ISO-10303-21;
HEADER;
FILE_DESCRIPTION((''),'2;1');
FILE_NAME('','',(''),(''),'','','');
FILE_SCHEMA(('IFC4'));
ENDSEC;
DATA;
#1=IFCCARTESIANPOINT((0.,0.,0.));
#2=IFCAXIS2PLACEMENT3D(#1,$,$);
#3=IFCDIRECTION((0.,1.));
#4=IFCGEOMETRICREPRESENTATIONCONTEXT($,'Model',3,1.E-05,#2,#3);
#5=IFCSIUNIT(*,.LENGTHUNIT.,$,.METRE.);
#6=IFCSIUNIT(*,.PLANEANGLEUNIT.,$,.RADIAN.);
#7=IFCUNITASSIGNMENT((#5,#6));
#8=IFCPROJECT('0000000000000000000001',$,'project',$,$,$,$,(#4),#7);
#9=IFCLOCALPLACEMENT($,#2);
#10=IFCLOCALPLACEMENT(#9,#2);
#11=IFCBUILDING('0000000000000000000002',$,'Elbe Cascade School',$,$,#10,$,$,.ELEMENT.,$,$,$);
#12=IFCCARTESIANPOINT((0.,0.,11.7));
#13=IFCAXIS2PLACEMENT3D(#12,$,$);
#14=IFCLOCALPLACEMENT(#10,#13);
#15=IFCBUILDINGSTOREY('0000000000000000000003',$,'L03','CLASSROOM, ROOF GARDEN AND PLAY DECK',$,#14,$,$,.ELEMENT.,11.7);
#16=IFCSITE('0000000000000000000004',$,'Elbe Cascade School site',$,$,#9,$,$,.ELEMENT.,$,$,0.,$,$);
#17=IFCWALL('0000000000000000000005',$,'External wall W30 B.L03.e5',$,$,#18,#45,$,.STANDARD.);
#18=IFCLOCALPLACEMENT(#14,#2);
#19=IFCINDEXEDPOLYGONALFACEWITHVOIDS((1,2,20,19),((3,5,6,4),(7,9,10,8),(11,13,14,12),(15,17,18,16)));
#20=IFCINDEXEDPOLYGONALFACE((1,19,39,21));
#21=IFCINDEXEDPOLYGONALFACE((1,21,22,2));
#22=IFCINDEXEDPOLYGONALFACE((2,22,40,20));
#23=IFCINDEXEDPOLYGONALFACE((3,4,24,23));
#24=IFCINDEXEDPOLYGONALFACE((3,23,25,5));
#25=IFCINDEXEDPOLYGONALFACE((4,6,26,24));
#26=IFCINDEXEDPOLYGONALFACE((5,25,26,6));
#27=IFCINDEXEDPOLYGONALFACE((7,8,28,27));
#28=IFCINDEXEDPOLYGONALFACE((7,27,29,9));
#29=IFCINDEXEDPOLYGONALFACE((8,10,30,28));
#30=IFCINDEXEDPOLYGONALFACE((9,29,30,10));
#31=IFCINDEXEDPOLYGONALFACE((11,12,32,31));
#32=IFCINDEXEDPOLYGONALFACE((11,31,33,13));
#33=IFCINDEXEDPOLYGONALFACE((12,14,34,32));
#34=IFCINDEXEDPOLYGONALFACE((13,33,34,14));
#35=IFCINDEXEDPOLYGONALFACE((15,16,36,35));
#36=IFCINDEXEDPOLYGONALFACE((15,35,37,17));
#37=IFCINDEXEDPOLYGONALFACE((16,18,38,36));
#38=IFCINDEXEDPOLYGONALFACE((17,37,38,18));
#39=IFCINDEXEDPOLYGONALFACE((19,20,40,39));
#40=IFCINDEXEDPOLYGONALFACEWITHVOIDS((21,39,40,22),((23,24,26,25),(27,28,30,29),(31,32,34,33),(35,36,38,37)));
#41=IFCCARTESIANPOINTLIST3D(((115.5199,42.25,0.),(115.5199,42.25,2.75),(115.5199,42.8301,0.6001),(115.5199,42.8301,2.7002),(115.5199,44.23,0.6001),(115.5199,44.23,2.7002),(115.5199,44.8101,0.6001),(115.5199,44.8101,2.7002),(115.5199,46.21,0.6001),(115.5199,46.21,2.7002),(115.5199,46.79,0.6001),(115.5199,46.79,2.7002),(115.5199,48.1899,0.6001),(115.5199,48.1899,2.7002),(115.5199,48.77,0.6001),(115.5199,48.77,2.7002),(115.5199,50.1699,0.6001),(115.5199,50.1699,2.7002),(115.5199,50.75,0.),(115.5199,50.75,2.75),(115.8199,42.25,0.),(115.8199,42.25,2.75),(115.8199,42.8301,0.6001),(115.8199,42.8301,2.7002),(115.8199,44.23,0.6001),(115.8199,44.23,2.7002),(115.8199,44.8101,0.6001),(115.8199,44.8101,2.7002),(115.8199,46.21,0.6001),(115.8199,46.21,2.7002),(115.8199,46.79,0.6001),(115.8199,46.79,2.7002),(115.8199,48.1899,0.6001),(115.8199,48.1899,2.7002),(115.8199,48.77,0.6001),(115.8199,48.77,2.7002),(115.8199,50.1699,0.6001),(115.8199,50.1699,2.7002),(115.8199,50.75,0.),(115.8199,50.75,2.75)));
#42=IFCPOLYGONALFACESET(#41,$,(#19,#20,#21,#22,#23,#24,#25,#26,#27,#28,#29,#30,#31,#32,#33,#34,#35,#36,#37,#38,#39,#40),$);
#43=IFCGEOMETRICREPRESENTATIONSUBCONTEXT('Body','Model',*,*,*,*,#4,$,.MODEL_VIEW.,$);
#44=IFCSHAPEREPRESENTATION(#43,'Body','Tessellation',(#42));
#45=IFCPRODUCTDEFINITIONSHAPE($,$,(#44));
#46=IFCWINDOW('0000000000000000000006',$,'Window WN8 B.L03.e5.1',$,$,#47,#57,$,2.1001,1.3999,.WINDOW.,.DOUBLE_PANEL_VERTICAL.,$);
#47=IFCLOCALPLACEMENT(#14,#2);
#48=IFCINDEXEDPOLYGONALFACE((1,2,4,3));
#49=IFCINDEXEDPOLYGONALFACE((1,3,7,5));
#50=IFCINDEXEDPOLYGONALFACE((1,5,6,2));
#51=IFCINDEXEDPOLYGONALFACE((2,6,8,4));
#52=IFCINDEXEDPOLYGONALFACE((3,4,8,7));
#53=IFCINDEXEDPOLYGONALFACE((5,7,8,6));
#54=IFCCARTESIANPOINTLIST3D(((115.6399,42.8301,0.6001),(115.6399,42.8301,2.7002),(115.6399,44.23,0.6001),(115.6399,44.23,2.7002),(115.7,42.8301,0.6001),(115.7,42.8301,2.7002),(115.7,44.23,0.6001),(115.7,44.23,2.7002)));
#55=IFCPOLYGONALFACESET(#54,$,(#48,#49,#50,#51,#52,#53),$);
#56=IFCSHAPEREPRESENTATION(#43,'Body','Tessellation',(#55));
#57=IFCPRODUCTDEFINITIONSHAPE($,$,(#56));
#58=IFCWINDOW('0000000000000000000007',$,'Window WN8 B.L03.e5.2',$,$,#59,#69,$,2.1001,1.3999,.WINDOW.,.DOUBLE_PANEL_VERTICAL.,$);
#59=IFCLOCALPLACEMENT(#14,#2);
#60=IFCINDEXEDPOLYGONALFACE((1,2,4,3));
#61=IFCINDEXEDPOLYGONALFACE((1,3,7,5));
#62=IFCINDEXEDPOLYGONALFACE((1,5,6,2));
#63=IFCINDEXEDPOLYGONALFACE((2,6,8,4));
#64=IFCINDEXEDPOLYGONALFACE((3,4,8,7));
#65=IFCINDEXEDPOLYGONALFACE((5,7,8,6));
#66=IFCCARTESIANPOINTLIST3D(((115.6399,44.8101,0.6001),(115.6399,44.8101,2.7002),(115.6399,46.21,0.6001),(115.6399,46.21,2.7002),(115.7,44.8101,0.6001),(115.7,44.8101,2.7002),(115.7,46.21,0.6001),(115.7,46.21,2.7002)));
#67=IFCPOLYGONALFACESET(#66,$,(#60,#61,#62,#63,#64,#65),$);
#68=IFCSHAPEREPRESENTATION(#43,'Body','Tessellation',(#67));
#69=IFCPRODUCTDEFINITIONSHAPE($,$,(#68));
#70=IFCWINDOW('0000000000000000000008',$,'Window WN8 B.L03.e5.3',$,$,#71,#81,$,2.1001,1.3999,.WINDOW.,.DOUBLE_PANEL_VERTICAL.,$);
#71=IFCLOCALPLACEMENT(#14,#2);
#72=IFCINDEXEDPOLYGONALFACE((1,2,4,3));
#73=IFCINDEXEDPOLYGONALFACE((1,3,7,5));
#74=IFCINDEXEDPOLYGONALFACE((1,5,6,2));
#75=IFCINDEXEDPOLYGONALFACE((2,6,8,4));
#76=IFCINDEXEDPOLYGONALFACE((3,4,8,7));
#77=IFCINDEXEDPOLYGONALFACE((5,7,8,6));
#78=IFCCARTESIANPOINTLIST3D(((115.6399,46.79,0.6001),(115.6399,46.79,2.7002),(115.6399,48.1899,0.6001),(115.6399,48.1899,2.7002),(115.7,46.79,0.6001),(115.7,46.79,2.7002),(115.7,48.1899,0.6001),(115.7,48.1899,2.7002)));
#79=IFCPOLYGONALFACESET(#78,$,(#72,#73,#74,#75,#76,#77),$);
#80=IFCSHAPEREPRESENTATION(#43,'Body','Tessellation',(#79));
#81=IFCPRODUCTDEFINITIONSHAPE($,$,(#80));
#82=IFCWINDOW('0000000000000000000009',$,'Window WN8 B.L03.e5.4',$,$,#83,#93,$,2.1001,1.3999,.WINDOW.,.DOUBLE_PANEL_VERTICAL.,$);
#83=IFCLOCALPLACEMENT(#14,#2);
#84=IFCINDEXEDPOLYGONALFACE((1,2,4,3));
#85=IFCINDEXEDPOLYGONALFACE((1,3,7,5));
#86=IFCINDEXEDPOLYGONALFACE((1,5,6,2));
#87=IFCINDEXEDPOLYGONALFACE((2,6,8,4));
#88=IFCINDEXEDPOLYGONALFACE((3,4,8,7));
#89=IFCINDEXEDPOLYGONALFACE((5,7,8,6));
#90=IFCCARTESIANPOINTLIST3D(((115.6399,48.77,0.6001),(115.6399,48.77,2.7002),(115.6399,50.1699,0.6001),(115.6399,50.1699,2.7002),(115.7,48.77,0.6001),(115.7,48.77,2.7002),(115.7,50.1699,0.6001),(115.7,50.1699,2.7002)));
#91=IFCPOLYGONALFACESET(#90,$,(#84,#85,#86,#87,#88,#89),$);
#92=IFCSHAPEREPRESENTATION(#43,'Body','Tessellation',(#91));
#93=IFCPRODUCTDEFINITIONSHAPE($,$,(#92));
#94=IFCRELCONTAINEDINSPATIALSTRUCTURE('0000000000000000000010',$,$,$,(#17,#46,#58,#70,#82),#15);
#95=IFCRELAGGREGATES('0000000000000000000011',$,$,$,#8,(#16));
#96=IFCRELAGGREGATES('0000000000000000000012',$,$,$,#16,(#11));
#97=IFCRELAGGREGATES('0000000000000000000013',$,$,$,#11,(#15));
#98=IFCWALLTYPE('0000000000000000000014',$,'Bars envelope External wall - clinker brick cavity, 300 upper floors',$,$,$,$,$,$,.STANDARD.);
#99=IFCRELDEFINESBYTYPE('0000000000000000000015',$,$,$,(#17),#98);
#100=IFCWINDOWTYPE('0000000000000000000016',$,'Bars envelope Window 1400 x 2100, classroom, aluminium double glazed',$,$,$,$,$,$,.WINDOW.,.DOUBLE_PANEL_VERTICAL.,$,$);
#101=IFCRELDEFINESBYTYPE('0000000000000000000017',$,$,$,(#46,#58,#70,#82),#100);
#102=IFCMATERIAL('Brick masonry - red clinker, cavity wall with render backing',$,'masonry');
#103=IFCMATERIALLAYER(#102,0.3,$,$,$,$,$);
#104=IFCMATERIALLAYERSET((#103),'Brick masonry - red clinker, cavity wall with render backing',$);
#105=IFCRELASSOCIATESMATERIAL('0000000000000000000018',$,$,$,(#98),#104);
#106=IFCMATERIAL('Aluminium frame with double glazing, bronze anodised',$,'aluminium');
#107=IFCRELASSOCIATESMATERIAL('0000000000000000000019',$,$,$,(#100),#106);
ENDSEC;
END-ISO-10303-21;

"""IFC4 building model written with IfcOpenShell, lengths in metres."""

from ifc_helpers import new_model, si_unit, direction, frame, frame_2d, origin, place, context, subcontext, project, spatial, rectangle, extrude, material, layer, layer_set, type_object, element, fill, save


model = new_model("IFC4")

# Units and contexts
model_context = context("Model", 3, precision=1e-05, world=origin(), true_north=direction((0.0, 1.0)))
body_context = subcontext(model_context, "Body", "Model", "MODEL_VIEW")
ifc_project = project(units=[si_unit("LENGTHUNIT", "METRE"), si_unit("PLANEANGLEUNIT", "RADIAN")], contexts=[model_context])

# Site, building, storey
site_placement = place(None, origin())
site = spatial("IfcSite", under=ifc_project, at=site_placement, Name="Elbe Cascade School site", CompositionType="ELEMENT", RefElevation=0.0)
building_placement = place(site_placement, origin())
building = spatial("IfcBuilding", under=site, at=building_placement, Name="Elbe Cascade School", CompositionType="ELEMENT")
storey_placement = place(building_placement, frame((0.0, 0.0, 11.7)))
storey = spatial("IfcBuildingStorey", under=building, at=storey_placement, Name="L03", Description="CLASSROOM, ROOF GARDEN AND PLAY DECK", CompositionType="ELEMENT", Elevation=11.7)

# Wall, openings, windows
ifc_material_1 = material(Name="Brick masonry - red clinker, cavity wall with render backing", Category="masonry")
ifc_layer_1 = layer(ifc_material_1, 0.3)
ifc_layer_set_1 = layer_set([ifc_layer_1], Name="Brick masonry - red clinker, cavity wall with render backing")
wall_type_1 = type_object("IfcWallType", Name="Bars envelope External wall - clinker brick cavity, 300 upper floors", PredefinedType="STANDARD", material=ifc_layer_set_1)
ifc_material_2 = material(Name="Aluminium frame with double glazing, bronze anodised", Category="aluminium")
window_type = type_object("IfcWindowType", Name="Bars envelope Window 1400 x 2100, classroom, aluminium double glazed", PartitioningType="DOUBLE_PANEL_VERTICAL", PredefinedType="WINDOW", material=ifc_material_2)
wall_1_placement = place(storey_placement, frame((115.6699, 50.75, 0.0), z_axis=(0.0, 0.0, 1.0), x_axis=(0.0, -1.0, 0.0)))
wall_1 = element("IfcWall", 1, at=wall_1_placement, inside=storey, type_object=wall_type_1, Name="External wall W30 B.L03.e5", PredefinedType="STANDARD", context=body_context, shape_type="SweptSolid", body=[
    extrude(rectangle(XDim=8.5, YDim=0.3, at=frame_2d((4.25, 0.0))), origin(), (0.0, 0.0, 1.0), 2.75),
])
opening_1_placement = place(wall_1_placement, frame((6.52, 0.0, 0.6001)))
opening_1 = element("IfcOpeningElement", 2, at=opening_1_placement, cuts=wall_1, PredefinedType="OPENING", context=body_context, shape_type="SweptSolid", body=[
    extrude(rectangle(XDim=1.3999, YDim=2.1001, at=frame_2d((0.7, 1.05))), frame((0.0, 0.1599, 0.0), z_axis=(0.0, -1.0, 0.0), x_axis=(1.0, 0.0, 0.0)), (0.0, 0.0, 1.0), 0.3201),
])
opening_2_placement = place(wall_1_placement, frame((4.54, 0.0, 0.6001)))
opening_2 = element("IfcOpeningElement", 3, at=opening_2_placement, cuts=wall_1, PredefinedType="OPENING", context=body_context, shape_type="SweptSolid", body=[
    extrude(rectangle(XDim=1.3999, YDim=2.1001, at=frame_2d((0.7, 1.05))), frame((0.0, 0.1599, 0.0), z_axis=(0.0, -1.0, 0.0), x_axis=(1.0, 0.0, 0.0)), (0.0, 0.0, 1.0), 0.3201),
])
opening_3_placement = place(wall_1_placement, frame((2.5601, 0.0, 0.6001)))
opening_3 = element("IfcOpeningElement", 4, at=opening_3_placement, cuts=wall_1, PredefinedType="OPENING", context=body_context, shape_type="SweptSolid", body=[
    extrude(rectangle(XDim=1.3999, YDim=2.1001, at=frame_2d((0.7, 1.05))), frame((0.0, 0.1599, 0.0), z_axis=(0.0, -1.0, 0.0), x_axis=(1.0, 0.0, 0.0)), (0.0, 0.0, 1.0), 0.3201),
])
opening_4_placement = place(wall_1_placement, frame((0.5801, 0.0, 0.6001)))
opening_4 = element("IfcOpeningElement", 5, at=opening_4_placement, cuts=wall_1, PredefinedType="OPENING", context=body_context, shape_type="SweptSolid", body=[
    extrude(rectangle(XDim=1.3999, YDim=2.1001, at=frame_2d((0.7, 1.05))), frame((0.0, 0.1599, 0.0), z_axis=(0.0, -1.0, 0.0), x_axis=(1.0, 0.0, 0.0)), (0.0, 0.0, 1.0), 0.3201),
])
window_1_placement = place(opening_1_placement, origin())
window_1 = element("IfcWindow", 6, at=window_1_placement, inside=storey, type_object=window_type, Name="Window WN8 B.L03.e5.1", OverallHeight=2.1001, OverallWidth=1.3999, PartitioningType="DOUBLE_PANEL_VERTICAL", PredefinedType="WINDOW", context=body_context, shape_type="SweptSolid", body=[
    extrude(rectangle(XDim=1.3999, YDim=2.1001, at=frame_2d((0.7, 1.05))), frame((0.0, 0.03, 0.0), z_axis=(0.0, -1.0, 0.0), x_axis=(1.0, 0.0, 0.0)), (0.0, 0.0, 1.0), 0.0601),
])
fill(opening_1, window_1)
window_2_placement = place(opening_2_placement, origin())
window_2 = element("IfcWindow", 7, at=window_2_placement, inside=storey, type_object=window_type, Name="Window WN8 B.L03.e5.2", OverallHeight=2.1001, OverallWidth=1.3999, PartitioningType="DOUBLE_PANEL_VERTICAL", PredefinedType="WINDOW", context=body_context, shape_type="SweptSolid", body=[
    extrude(rectangle(XDim=1.3999, YDim=2.1001, at=frame_2d((0.7, 1.05))), frame((0.0, 0.03, 0.0), z_axis=(0.0, -1.0, 0.0), x_axis=(1.0, 0.0, 0.0)), (0.0, 0.0, 1.0), 0.0601),
])
fill(opening_2, window_2)
window_3_placement = place(opening_3_placement, origin())
window_3 = element("IfcWindow", 8, at=window_3_placement, inside=storey, type_object=window_type, Name="Window WN8 B.L03.e5.3", OverallHeight=2.1001, OverallWidth=1.3999, PartitioningType="DOUBLE_PANEL_VERTICAL", PredefinedType="WINDOW", context=body_context, shape_type="SweptSolid", body=[
    extrude(rectangle(XDim=1.3999, YDim=2.1001, at=frame_2d((0.7, 1.05))), frame((0.0, 0.03, 0.0), z_axis=(0.0, -1.0, 0.0), x_axis=(1.0, 0.0, 0.0)), (0.0, 0.0, 1.0), 0.0601),
])
fill(opening_3, window_3)
window_4_placement = place(opening_4_placement, origin())
window_4 = element("IfcWindow", 9, at=window_4_placement, inside=storey, type_object=window_type, Name="Window WN8 B.L03.e5.4", OverallHeight=2.1001, OverallWidth=1.3999, PartitioningType="DOUBLE_PANEL_VERTICAL", PredefinedType="WINDOW", context=body_context, shape_type="SweptSolid", body=[
    extrude(rectangle(XDim=1.3999, YDim=2.1001, at=frame_2d((0.7, 1.05))), frame((0.0, 0.03, 0.0), z_axis=(0.0, -1.0, 0.0), x_axis=(1.0, 0.0, 0.0)), (0.0, 0.0, 1.0), 0.0601),
])
fill(opening_4, window_4)

save(model, "model.ifc")
